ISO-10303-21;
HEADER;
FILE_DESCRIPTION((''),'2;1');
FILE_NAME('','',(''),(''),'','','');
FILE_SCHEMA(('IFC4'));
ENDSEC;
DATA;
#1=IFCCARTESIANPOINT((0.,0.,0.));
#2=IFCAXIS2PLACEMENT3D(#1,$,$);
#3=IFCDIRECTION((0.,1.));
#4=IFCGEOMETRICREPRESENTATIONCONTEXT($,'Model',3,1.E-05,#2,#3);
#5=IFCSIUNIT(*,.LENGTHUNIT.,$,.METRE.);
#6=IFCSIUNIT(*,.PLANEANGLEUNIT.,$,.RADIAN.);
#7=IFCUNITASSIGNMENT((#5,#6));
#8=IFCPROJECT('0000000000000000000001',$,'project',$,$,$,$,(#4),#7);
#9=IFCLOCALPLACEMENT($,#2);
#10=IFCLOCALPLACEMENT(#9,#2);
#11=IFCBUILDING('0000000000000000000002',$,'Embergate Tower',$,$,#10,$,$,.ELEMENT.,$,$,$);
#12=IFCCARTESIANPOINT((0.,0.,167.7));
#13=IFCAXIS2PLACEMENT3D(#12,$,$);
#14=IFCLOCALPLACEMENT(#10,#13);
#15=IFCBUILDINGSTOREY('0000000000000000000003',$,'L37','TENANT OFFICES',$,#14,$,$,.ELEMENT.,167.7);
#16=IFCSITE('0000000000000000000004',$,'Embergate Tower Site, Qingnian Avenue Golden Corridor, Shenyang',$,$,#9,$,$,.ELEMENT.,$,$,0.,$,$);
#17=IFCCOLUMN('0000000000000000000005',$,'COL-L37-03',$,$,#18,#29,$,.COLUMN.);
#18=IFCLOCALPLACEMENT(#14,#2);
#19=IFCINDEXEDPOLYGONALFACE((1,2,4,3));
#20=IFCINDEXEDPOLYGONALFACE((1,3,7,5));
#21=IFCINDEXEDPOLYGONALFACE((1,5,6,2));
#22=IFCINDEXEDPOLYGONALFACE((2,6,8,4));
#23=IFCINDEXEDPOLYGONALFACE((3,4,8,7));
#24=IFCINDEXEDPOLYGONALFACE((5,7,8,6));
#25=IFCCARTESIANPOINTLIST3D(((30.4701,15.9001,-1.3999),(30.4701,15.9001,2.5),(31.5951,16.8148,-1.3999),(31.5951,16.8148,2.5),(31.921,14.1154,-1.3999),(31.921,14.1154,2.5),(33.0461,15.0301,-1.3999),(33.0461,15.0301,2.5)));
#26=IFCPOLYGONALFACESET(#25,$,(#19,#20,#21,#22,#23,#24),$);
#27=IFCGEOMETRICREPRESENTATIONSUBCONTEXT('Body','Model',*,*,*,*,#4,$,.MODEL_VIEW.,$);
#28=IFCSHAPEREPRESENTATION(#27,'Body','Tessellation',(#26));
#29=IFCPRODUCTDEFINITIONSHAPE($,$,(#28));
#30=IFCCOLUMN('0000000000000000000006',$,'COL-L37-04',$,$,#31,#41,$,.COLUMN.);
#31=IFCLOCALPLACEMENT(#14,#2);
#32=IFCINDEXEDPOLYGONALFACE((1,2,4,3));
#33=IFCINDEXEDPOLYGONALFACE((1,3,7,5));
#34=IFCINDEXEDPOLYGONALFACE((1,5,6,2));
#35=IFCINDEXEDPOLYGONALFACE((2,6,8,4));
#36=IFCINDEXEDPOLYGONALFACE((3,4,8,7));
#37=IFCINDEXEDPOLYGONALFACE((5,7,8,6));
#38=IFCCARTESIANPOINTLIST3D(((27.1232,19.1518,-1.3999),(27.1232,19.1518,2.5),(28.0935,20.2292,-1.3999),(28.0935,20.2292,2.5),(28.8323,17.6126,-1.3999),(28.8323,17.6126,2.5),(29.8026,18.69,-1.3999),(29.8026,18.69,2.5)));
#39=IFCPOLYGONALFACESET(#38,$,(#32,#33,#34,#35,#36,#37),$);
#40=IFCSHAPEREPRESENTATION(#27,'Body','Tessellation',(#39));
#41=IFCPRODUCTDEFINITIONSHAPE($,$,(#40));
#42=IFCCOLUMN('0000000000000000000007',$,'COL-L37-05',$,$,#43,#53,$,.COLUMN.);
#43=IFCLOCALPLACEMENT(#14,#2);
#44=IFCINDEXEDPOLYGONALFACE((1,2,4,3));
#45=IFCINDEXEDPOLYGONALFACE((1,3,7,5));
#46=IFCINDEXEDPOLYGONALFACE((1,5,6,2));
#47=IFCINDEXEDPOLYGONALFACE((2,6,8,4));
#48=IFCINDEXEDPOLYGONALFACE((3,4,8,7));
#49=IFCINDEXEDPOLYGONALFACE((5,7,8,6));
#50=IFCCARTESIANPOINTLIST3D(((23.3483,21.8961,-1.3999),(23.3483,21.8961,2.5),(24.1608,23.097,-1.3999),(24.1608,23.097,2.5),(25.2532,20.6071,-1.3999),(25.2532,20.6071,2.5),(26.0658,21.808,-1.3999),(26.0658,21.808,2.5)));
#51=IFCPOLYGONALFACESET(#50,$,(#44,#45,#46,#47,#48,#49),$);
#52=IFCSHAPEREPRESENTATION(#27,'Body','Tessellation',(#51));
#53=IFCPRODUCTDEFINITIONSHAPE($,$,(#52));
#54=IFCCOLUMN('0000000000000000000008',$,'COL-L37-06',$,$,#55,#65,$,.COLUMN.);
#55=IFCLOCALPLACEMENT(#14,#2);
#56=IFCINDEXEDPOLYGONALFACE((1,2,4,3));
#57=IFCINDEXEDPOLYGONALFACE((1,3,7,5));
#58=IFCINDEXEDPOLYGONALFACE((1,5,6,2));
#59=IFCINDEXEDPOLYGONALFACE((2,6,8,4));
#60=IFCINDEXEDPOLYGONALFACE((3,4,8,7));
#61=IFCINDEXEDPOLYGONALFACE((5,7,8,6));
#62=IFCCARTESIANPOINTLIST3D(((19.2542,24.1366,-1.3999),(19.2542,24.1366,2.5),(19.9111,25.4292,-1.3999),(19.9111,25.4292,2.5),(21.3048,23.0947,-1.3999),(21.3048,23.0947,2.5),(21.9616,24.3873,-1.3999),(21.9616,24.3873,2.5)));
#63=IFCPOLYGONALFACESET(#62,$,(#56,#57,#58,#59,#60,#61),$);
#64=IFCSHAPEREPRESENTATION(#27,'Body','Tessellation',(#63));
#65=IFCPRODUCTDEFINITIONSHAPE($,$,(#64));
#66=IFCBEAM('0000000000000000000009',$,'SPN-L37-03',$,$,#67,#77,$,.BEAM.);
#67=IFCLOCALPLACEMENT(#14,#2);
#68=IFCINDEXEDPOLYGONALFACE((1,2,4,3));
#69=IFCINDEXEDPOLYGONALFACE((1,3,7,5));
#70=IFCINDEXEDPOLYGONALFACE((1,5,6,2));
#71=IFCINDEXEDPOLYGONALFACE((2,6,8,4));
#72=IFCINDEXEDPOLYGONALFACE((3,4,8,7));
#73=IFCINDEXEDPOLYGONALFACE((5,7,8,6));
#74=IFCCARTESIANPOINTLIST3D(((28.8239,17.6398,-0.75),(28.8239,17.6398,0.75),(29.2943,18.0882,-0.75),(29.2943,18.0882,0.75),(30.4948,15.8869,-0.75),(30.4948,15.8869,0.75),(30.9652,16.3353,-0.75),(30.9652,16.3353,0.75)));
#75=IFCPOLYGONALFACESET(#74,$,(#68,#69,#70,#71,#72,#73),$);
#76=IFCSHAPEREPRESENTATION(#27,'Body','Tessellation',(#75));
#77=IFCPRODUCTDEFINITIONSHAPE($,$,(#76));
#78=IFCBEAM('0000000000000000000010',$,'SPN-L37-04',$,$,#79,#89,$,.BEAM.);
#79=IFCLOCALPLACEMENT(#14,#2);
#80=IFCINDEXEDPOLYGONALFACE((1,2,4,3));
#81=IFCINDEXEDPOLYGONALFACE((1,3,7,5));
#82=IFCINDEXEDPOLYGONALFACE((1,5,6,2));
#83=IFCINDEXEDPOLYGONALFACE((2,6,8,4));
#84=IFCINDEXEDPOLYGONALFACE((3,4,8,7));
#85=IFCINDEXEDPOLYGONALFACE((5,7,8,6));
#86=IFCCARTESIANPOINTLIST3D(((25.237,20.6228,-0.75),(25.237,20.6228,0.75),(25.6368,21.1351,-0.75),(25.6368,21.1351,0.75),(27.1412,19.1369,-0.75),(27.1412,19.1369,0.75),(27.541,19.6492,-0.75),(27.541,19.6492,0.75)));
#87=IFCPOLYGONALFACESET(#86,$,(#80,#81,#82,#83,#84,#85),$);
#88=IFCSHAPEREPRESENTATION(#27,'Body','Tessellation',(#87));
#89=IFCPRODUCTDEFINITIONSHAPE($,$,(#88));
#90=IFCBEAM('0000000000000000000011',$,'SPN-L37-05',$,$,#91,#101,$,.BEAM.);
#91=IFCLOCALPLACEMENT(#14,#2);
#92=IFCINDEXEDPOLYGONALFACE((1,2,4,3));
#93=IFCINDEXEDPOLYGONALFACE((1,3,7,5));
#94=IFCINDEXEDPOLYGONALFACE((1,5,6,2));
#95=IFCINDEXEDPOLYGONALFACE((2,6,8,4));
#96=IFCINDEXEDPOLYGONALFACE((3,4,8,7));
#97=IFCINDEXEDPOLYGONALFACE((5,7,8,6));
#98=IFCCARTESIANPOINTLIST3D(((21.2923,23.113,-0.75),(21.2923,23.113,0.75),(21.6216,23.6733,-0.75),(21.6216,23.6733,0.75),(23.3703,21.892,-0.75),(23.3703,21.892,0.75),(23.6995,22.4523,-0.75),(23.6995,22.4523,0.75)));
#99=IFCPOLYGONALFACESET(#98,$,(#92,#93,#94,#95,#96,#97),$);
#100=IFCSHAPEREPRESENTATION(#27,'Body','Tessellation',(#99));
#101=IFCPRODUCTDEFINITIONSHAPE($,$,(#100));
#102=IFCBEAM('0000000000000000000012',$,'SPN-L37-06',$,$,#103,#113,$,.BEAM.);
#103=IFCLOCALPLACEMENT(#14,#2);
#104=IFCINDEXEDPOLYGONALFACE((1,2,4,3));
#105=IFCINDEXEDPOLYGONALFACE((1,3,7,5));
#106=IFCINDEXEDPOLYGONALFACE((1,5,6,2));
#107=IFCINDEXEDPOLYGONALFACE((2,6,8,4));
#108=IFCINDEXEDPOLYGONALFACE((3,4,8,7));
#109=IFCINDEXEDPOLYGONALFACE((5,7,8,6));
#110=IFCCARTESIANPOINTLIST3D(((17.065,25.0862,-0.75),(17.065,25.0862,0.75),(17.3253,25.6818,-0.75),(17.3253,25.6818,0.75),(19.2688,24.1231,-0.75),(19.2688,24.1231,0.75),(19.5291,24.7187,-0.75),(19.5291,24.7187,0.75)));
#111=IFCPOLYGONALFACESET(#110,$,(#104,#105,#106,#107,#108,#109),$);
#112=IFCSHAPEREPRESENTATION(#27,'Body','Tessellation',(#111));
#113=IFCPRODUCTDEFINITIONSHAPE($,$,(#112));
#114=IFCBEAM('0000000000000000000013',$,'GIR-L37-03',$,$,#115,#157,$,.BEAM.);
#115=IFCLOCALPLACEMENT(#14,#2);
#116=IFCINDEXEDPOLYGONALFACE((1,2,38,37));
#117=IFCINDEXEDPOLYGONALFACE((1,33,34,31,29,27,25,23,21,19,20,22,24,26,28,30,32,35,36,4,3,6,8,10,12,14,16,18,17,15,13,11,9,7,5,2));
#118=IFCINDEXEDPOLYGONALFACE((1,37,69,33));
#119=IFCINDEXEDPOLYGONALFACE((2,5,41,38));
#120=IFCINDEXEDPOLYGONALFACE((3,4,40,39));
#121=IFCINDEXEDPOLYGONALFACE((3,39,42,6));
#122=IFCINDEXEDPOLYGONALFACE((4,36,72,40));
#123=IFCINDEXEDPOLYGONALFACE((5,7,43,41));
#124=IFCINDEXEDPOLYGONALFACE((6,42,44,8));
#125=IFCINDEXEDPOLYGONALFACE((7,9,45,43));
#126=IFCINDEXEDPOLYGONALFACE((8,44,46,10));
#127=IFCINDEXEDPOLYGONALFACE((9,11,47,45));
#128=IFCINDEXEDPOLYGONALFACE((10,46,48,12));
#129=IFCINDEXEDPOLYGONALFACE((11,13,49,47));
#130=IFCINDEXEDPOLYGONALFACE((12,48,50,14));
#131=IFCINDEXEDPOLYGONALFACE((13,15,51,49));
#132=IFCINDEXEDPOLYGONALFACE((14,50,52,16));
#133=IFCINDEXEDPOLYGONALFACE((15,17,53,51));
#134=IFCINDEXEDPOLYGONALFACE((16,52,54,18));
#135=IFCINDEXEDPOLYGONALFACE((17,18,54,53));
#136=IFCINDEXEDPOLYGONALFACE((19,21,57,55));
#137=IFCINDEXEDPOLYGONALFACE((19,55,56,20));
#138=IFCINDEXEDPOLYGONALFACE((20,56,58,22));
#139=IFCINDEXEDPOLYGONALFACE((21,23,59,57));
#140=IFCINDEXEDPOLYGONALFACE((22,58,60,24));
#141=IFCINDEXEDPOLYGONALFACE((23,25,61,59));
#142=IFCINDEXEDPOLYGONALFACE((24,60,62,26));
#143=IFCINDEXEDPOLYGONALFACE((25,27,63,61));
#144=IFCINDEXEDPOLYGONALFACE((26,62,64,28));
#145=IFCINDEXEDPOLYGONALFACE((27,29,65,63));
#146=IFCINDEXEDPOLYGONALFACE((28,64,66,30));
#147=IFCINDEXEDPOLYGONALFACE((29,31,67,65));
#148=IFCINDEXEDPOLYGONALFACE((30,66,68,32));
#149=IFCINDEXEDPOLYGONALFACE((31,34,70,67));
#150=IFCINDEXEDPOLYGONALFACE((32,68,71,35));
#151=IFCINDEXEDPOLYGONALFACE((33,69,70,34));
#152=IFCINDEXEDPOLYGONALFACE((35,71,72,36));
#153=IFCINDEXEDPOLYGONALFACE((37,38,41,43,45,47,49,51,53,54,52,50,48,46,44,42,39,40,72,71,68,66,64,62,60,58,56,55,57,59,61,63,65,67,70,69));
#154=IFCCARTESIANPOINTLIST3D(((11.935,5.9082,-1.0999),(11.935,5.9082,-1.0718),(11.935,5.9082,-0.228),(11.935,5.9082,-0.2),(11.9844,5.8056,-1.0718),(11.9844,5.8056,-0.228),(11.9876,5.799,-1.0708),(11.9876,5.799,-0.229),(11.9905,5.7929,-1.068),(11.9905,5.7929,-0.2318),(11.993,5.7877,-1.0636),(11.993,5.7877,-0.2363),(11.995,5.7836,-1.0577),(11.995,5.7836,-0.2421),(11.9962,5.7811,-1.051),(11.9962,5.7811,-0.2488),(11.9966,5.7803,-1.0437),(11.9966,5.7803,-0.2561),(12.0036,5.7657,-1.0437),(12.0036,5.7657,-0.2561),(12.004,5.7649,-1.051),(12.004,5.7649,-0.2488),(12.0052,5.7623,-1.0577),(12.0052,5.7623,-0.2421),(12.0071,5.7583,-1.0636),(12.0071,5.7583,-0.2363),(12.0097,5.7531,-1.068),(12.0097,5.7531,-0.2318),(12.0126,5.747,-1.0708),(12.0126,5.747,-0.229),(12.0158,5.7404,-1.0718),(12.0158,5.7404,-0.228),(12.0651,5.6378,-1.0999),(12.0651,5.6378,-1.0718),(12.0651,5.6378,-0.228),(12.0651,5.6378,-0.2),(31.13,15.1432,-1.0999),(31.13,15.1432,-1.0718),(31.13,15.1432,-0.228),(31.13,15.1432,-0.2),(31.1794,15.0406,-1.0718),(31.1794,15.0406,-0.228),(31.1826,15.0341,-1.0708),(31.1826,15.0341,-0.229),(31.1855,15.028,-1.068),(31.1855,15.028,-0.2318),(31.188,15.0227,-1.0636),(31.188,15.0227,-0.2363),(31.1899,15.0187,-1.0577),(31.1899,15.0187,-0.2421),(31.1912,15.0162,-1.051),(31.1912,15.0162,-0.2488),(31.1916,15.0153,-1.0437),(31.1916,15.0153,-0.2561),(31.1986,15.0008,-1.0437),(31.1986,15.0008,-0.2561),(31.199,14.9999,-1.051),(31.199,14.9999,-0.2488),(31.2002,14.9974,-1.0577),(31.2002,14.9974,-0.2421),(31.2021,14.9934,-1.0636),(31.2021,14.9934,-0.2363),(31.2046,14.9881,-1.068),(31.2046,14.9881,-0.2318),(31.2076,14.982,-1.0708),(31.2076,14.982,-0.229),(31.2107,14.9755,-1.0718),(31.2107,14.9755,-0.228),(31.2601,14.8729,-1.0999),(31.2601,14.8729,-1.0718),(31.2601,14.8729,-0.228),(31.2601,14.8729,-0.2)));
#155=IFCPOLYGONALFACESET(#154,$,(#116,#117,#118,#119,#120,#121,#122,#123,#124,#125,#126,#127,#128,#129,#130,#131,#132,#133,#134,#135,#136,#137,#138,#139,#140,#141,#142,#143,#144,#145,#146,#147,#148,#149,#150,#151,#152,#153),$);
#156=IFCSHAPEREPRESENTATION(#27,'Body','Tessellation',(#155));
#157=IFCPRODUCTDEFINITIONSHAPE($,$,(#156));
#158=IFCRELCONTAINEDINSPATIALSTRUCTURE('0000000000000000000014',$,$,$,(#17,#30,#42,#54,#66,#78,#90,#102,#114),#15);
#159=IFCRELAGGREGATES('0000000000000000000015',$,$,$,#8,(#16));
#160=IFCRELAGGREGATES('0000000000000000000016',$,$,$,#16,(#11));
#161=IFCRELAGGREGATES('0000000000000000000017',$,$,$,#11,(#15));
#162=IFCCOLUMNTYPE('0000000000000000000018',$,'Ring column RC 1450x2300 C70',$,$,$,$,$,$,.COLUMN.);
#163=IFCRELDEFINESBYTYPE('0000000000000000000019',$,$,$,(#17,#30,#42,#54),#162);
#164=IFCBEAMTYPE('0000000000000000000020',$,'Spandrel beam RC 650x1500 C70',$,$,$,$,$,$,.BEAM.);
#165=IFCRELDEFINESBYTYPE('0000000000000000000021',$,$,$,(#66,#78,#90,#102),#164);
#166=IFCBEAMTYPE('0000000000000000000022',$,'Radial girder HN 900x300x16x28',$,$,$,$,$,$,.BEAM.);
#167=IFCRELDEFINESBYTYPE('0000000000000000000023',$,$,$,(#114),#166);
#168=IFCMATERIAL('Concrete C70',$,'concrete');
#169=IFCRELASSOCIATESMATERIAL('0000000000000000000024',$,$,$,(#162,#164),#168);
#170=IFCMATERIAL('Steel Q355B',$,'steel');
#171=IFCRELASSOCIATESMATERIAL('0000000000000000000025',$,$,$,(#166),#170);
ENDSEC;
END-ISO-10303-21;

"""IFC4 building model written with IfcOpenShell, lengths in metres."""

from ifc_helpers import new_model, si_unit, direction, frame, origin, origin_2d, place, context, subcontext, project, spatial, rectangle, i_section, extrude, source, transform, mapped, material, material_profile, profile_set, type_object, element, save


model = new_model("IFC4")

# Units and contexts
model_context = context("Model", 3, precision=1e-05, world=origin(), true_north=direction((0.0, 1.0)))
body_context = subcontext(model_context, "Body", "Model", "MODEL_VIEW")
ifc_project = project(units=[si_unit("LENGTHUNIT", "METRE"), si_unit("PLANEANGLEUNIT", "RADIAN")], contexts=[model_context])

# Site, building, storey
site_placement = place(None, origin())
site = spatial("IfcSite", under=ifc_project, at=site_placement, Name="Embergate Tower Site, Qingnian Avenue Golden Corridor, Shenyang", CompositionType="ELEMENT", RefElevation=0.0)
building_placement = place(site_placement, origin())
building = spatial("IfcBuilding", under=site, at=building_placement, Name="Embergate Tower", CompositionType="ELEMENT")
storey_placement = place(building_placement, frame((0.0, 0.0, 167.7)))
storey = spatial("IfcBuildingStorey", under=building, at=storey_placement, Name="L37", Description="TENANT OFFICES", CompositionType="ELEMENT", Elevation=167.7)

# Columns
ifc_material_1 = material(Name="Concrete C70", Category="concrete")
ifc_material_profile_1 = material_profile(ifc_material_1, rectangle(XDim=1.45, YDim=2.3, at=origin_2d()), Name="RC 1450x2300")
ifc_profile_set_1 = profile_set([ifc_material_profile_1], Name="Concrete C70")
column_type = type_object("IfcColumnType", Name="Ring column RC 1450x2300 C70", PredefinedType="COLUMN", material=ifc_profile_set_1)
shared_shape_1 = source(origin(), body_context, "Body", "SweptSolid", [
    extrude(rectangle(XDim=1.45, YDim=2.3, at=origin_2d()), origin(), (0.0, 0.0, 1.0), 3.8999),
])
for number, where, z_axis, x_axis, name in (
    (1, (31.7581, 15.4651, -1.3999), (0.0, 0.0, 1.0), (0.775914, 0.630838, 0.0), "COL-L37-03"),
    (2, (28.4629, 18.9209, -1.3999), (0.0, 0.0, 1.0), (0.669208, 0.743075, 0.0), "COL-L37-04"),
    (3, (24.707, 21.8521, -1.3999), (0.0, 0.0, 1.0), (0.560393, 0.828227, 0.0), "COL-L37-05"),
    (4, (20.6079, 24.262, -1.3999), (0.0, 0.0, 1.0), (0.452995, 0.891513, 0.0), "COL-L37-06"),
):
    element("IfcColumn", number, at=place(storey_placement, frame(where, z_axis=z_axis, x_axis=x_axis)), inside=storey, type_object=column_type, Name=name, PredefinedType="COLUMN", context=body_context, shape_type="MappedRepresentation", body=[
        mapped(shared_shape_1, transform((0.0, 0.0, 0.0))),
    ])

# Beams
ifc_material_profile_2 = material_profile(ifc_material_1, rectangle(XDim=0.6499, YDim=1.5, at=origin_2d()), Name="RC 650x1500")
ifc_profile_set_2 = profile_set([ifc_material_profile_2], Name="Concrete C70")
beam_type_1 = type_object("IfcBeamType", Name="Spandrel beam RC 650x1500 C70", PredefinedType="BEAM", material=ifc_profile_set_2)
shared_shape_2 = source(origin(), body_context, "Body", "SweptSolid", [
    extrude(rectangle(XDim=0.6499, YDim=1.5, at=origin_2d()), origin(), (0.0, 0.0, 1.0), 2.4216),
])
beam_1_placement = place(storey_placement, frame((30.73, 16.1111, 0.0), z_axis=(-0.689967, 0.723841, 0.0), x_axis=(-0.723841, -0.689967, 0.0)))
element("IfcBeam", 5, at=beam_1_placement, inside=storey, type_object=beam_type_1, Name="SPN-L37-03", PredefinedType="BEAM", context=body_context, shape_type="MappedRepresentation", body=[
    mapped(shared_shape_2, transform((0.0, 0.0, 0.0))),
])
shared_shape_3 = source(origin(), body_context, "Body", "SweptSolid", [
    extrude(rectangle(XDim=0.6499, YDim=1.5, at=origin_2d()), origin(), (0.0, 0.0, 1.0), 2.4153),
])
beam_2_placement = place(storey_placement, frame((27.3411, 19.3931, 0.0), z_axis=(-0.788366, 0.615207, 0.0), x_axis=(-0.615207, -0.788366, 0.0)))
element("IfcBeam", 6, at=beam_2_placement, inside=storey, type_object=beam_type_1, Name="SPN-L37-04", PredefinedType="BEAM", context=body_context, shape_type="MappedRepresentation", body=[
    mapped(shared_shape_3, transform((0.0, 0.0, 0.0))),
])
shared_shape_4 = source(origin(), body_context, "Body", "SweptSolid", [
    extrude(rectangle(XDim=0.6499, YDim=1.5, at=origin_2d()), origin(), (0.0, 0.0, 1.0), 2.4102),
])
beam_3_placement = place(storey_placement, frame((23.5349, 22.1721, 0.0), z_axis=(-0.862176, 0.506608, 0.0), x_axis=(-0.506608, -0.862176, 0.0)))
element("IfcBeam", 7, at=beam_3_placement, inside=storey, type_object=beam_type_1, Name="SPN-L37-05", PredefinedType="BEAM", context=body_context, shape_type="MappedRepresentation", body=[
    mapped(shared_shape_4, transform((0.0, 0.0, 0.0))),
])
shared_shape_5 = source(origin(), body_context, "Body", "SweptSolid", [
    extrude(rectangle(XDim=0.6499, YDim=1.5, at=origin_2d()), origin(), (0.0, 0.0, 1.0), 2.405),
])
beam_4_placement = place(storey_placement, frame((19.3989, 24.4209, 0.0), z_axis=(-0.916318, 0.400451, 0.0), x_axis=(-0.400451, -0.916318, 0.0)))
element("IfcBeam", 8, at=beam_4_placement, inside=storey, type_object=beam_type_1, Name="SPN-L37-06", PredefinedType="BEAM", context=body_context, shape_type="MappedRepresentation", body=[
    mapped(shared_shape_5, transform((0.0, 0.0, 0.0))),
])
ifc_material_2 = material(Name="Steel Q355B", Category="steel")
ifc_material_profile_3 = material_profile(ifc_material_2, i_section(OverallWidth=0.3, OverallDepth=0.8999, WebThickness=0.0161, FlangeThickness=0.0281, FilletRadius=0.0281, at=origin_2d()), Name="HN 900x300x16x28")
ifc_profile_set_3 = profile_set([ifc_material_profile_3], Name="Steel Q355 grade B")
beam_type_2 = type_object("IfcBeamType", Name="Radial girder HN 900x300x16x28", PredefinedType="BEAM", material=ifc_profile_set_3)
shared_shape_6 = source(origin(), body_context, "Body", "SweptSolid", [
    extrude(i_section(OverallWidth=0.3, OverallDepth=0.8999, WebThickness=0.0161, FlangeThickness=0.0281, FilletRadius=0.0281, at=origin_2d()), origin(), (0.0, 0.0, 1.0), 21.301),
])
beam_5_placement = place(storey_placement, frame((31.1951, 15.0081, -0.6499), z_axis=(-0.901129, -0.43355, 0.0), x_axis=(0.43355, -0.901129, 0.0)))
element("IfcBeam", 9, at=beam_5_placement, inside=storey, type_object=beam_type_2, Name="GIR-L37-03", PredefinedType="BEAM", context=body_context, shape_type="MappedRepresentation", body=[
    mapped(shared_shape_6, transform((0.0, 0.0, 0.0))),
])

save(model, "model.ifc")
